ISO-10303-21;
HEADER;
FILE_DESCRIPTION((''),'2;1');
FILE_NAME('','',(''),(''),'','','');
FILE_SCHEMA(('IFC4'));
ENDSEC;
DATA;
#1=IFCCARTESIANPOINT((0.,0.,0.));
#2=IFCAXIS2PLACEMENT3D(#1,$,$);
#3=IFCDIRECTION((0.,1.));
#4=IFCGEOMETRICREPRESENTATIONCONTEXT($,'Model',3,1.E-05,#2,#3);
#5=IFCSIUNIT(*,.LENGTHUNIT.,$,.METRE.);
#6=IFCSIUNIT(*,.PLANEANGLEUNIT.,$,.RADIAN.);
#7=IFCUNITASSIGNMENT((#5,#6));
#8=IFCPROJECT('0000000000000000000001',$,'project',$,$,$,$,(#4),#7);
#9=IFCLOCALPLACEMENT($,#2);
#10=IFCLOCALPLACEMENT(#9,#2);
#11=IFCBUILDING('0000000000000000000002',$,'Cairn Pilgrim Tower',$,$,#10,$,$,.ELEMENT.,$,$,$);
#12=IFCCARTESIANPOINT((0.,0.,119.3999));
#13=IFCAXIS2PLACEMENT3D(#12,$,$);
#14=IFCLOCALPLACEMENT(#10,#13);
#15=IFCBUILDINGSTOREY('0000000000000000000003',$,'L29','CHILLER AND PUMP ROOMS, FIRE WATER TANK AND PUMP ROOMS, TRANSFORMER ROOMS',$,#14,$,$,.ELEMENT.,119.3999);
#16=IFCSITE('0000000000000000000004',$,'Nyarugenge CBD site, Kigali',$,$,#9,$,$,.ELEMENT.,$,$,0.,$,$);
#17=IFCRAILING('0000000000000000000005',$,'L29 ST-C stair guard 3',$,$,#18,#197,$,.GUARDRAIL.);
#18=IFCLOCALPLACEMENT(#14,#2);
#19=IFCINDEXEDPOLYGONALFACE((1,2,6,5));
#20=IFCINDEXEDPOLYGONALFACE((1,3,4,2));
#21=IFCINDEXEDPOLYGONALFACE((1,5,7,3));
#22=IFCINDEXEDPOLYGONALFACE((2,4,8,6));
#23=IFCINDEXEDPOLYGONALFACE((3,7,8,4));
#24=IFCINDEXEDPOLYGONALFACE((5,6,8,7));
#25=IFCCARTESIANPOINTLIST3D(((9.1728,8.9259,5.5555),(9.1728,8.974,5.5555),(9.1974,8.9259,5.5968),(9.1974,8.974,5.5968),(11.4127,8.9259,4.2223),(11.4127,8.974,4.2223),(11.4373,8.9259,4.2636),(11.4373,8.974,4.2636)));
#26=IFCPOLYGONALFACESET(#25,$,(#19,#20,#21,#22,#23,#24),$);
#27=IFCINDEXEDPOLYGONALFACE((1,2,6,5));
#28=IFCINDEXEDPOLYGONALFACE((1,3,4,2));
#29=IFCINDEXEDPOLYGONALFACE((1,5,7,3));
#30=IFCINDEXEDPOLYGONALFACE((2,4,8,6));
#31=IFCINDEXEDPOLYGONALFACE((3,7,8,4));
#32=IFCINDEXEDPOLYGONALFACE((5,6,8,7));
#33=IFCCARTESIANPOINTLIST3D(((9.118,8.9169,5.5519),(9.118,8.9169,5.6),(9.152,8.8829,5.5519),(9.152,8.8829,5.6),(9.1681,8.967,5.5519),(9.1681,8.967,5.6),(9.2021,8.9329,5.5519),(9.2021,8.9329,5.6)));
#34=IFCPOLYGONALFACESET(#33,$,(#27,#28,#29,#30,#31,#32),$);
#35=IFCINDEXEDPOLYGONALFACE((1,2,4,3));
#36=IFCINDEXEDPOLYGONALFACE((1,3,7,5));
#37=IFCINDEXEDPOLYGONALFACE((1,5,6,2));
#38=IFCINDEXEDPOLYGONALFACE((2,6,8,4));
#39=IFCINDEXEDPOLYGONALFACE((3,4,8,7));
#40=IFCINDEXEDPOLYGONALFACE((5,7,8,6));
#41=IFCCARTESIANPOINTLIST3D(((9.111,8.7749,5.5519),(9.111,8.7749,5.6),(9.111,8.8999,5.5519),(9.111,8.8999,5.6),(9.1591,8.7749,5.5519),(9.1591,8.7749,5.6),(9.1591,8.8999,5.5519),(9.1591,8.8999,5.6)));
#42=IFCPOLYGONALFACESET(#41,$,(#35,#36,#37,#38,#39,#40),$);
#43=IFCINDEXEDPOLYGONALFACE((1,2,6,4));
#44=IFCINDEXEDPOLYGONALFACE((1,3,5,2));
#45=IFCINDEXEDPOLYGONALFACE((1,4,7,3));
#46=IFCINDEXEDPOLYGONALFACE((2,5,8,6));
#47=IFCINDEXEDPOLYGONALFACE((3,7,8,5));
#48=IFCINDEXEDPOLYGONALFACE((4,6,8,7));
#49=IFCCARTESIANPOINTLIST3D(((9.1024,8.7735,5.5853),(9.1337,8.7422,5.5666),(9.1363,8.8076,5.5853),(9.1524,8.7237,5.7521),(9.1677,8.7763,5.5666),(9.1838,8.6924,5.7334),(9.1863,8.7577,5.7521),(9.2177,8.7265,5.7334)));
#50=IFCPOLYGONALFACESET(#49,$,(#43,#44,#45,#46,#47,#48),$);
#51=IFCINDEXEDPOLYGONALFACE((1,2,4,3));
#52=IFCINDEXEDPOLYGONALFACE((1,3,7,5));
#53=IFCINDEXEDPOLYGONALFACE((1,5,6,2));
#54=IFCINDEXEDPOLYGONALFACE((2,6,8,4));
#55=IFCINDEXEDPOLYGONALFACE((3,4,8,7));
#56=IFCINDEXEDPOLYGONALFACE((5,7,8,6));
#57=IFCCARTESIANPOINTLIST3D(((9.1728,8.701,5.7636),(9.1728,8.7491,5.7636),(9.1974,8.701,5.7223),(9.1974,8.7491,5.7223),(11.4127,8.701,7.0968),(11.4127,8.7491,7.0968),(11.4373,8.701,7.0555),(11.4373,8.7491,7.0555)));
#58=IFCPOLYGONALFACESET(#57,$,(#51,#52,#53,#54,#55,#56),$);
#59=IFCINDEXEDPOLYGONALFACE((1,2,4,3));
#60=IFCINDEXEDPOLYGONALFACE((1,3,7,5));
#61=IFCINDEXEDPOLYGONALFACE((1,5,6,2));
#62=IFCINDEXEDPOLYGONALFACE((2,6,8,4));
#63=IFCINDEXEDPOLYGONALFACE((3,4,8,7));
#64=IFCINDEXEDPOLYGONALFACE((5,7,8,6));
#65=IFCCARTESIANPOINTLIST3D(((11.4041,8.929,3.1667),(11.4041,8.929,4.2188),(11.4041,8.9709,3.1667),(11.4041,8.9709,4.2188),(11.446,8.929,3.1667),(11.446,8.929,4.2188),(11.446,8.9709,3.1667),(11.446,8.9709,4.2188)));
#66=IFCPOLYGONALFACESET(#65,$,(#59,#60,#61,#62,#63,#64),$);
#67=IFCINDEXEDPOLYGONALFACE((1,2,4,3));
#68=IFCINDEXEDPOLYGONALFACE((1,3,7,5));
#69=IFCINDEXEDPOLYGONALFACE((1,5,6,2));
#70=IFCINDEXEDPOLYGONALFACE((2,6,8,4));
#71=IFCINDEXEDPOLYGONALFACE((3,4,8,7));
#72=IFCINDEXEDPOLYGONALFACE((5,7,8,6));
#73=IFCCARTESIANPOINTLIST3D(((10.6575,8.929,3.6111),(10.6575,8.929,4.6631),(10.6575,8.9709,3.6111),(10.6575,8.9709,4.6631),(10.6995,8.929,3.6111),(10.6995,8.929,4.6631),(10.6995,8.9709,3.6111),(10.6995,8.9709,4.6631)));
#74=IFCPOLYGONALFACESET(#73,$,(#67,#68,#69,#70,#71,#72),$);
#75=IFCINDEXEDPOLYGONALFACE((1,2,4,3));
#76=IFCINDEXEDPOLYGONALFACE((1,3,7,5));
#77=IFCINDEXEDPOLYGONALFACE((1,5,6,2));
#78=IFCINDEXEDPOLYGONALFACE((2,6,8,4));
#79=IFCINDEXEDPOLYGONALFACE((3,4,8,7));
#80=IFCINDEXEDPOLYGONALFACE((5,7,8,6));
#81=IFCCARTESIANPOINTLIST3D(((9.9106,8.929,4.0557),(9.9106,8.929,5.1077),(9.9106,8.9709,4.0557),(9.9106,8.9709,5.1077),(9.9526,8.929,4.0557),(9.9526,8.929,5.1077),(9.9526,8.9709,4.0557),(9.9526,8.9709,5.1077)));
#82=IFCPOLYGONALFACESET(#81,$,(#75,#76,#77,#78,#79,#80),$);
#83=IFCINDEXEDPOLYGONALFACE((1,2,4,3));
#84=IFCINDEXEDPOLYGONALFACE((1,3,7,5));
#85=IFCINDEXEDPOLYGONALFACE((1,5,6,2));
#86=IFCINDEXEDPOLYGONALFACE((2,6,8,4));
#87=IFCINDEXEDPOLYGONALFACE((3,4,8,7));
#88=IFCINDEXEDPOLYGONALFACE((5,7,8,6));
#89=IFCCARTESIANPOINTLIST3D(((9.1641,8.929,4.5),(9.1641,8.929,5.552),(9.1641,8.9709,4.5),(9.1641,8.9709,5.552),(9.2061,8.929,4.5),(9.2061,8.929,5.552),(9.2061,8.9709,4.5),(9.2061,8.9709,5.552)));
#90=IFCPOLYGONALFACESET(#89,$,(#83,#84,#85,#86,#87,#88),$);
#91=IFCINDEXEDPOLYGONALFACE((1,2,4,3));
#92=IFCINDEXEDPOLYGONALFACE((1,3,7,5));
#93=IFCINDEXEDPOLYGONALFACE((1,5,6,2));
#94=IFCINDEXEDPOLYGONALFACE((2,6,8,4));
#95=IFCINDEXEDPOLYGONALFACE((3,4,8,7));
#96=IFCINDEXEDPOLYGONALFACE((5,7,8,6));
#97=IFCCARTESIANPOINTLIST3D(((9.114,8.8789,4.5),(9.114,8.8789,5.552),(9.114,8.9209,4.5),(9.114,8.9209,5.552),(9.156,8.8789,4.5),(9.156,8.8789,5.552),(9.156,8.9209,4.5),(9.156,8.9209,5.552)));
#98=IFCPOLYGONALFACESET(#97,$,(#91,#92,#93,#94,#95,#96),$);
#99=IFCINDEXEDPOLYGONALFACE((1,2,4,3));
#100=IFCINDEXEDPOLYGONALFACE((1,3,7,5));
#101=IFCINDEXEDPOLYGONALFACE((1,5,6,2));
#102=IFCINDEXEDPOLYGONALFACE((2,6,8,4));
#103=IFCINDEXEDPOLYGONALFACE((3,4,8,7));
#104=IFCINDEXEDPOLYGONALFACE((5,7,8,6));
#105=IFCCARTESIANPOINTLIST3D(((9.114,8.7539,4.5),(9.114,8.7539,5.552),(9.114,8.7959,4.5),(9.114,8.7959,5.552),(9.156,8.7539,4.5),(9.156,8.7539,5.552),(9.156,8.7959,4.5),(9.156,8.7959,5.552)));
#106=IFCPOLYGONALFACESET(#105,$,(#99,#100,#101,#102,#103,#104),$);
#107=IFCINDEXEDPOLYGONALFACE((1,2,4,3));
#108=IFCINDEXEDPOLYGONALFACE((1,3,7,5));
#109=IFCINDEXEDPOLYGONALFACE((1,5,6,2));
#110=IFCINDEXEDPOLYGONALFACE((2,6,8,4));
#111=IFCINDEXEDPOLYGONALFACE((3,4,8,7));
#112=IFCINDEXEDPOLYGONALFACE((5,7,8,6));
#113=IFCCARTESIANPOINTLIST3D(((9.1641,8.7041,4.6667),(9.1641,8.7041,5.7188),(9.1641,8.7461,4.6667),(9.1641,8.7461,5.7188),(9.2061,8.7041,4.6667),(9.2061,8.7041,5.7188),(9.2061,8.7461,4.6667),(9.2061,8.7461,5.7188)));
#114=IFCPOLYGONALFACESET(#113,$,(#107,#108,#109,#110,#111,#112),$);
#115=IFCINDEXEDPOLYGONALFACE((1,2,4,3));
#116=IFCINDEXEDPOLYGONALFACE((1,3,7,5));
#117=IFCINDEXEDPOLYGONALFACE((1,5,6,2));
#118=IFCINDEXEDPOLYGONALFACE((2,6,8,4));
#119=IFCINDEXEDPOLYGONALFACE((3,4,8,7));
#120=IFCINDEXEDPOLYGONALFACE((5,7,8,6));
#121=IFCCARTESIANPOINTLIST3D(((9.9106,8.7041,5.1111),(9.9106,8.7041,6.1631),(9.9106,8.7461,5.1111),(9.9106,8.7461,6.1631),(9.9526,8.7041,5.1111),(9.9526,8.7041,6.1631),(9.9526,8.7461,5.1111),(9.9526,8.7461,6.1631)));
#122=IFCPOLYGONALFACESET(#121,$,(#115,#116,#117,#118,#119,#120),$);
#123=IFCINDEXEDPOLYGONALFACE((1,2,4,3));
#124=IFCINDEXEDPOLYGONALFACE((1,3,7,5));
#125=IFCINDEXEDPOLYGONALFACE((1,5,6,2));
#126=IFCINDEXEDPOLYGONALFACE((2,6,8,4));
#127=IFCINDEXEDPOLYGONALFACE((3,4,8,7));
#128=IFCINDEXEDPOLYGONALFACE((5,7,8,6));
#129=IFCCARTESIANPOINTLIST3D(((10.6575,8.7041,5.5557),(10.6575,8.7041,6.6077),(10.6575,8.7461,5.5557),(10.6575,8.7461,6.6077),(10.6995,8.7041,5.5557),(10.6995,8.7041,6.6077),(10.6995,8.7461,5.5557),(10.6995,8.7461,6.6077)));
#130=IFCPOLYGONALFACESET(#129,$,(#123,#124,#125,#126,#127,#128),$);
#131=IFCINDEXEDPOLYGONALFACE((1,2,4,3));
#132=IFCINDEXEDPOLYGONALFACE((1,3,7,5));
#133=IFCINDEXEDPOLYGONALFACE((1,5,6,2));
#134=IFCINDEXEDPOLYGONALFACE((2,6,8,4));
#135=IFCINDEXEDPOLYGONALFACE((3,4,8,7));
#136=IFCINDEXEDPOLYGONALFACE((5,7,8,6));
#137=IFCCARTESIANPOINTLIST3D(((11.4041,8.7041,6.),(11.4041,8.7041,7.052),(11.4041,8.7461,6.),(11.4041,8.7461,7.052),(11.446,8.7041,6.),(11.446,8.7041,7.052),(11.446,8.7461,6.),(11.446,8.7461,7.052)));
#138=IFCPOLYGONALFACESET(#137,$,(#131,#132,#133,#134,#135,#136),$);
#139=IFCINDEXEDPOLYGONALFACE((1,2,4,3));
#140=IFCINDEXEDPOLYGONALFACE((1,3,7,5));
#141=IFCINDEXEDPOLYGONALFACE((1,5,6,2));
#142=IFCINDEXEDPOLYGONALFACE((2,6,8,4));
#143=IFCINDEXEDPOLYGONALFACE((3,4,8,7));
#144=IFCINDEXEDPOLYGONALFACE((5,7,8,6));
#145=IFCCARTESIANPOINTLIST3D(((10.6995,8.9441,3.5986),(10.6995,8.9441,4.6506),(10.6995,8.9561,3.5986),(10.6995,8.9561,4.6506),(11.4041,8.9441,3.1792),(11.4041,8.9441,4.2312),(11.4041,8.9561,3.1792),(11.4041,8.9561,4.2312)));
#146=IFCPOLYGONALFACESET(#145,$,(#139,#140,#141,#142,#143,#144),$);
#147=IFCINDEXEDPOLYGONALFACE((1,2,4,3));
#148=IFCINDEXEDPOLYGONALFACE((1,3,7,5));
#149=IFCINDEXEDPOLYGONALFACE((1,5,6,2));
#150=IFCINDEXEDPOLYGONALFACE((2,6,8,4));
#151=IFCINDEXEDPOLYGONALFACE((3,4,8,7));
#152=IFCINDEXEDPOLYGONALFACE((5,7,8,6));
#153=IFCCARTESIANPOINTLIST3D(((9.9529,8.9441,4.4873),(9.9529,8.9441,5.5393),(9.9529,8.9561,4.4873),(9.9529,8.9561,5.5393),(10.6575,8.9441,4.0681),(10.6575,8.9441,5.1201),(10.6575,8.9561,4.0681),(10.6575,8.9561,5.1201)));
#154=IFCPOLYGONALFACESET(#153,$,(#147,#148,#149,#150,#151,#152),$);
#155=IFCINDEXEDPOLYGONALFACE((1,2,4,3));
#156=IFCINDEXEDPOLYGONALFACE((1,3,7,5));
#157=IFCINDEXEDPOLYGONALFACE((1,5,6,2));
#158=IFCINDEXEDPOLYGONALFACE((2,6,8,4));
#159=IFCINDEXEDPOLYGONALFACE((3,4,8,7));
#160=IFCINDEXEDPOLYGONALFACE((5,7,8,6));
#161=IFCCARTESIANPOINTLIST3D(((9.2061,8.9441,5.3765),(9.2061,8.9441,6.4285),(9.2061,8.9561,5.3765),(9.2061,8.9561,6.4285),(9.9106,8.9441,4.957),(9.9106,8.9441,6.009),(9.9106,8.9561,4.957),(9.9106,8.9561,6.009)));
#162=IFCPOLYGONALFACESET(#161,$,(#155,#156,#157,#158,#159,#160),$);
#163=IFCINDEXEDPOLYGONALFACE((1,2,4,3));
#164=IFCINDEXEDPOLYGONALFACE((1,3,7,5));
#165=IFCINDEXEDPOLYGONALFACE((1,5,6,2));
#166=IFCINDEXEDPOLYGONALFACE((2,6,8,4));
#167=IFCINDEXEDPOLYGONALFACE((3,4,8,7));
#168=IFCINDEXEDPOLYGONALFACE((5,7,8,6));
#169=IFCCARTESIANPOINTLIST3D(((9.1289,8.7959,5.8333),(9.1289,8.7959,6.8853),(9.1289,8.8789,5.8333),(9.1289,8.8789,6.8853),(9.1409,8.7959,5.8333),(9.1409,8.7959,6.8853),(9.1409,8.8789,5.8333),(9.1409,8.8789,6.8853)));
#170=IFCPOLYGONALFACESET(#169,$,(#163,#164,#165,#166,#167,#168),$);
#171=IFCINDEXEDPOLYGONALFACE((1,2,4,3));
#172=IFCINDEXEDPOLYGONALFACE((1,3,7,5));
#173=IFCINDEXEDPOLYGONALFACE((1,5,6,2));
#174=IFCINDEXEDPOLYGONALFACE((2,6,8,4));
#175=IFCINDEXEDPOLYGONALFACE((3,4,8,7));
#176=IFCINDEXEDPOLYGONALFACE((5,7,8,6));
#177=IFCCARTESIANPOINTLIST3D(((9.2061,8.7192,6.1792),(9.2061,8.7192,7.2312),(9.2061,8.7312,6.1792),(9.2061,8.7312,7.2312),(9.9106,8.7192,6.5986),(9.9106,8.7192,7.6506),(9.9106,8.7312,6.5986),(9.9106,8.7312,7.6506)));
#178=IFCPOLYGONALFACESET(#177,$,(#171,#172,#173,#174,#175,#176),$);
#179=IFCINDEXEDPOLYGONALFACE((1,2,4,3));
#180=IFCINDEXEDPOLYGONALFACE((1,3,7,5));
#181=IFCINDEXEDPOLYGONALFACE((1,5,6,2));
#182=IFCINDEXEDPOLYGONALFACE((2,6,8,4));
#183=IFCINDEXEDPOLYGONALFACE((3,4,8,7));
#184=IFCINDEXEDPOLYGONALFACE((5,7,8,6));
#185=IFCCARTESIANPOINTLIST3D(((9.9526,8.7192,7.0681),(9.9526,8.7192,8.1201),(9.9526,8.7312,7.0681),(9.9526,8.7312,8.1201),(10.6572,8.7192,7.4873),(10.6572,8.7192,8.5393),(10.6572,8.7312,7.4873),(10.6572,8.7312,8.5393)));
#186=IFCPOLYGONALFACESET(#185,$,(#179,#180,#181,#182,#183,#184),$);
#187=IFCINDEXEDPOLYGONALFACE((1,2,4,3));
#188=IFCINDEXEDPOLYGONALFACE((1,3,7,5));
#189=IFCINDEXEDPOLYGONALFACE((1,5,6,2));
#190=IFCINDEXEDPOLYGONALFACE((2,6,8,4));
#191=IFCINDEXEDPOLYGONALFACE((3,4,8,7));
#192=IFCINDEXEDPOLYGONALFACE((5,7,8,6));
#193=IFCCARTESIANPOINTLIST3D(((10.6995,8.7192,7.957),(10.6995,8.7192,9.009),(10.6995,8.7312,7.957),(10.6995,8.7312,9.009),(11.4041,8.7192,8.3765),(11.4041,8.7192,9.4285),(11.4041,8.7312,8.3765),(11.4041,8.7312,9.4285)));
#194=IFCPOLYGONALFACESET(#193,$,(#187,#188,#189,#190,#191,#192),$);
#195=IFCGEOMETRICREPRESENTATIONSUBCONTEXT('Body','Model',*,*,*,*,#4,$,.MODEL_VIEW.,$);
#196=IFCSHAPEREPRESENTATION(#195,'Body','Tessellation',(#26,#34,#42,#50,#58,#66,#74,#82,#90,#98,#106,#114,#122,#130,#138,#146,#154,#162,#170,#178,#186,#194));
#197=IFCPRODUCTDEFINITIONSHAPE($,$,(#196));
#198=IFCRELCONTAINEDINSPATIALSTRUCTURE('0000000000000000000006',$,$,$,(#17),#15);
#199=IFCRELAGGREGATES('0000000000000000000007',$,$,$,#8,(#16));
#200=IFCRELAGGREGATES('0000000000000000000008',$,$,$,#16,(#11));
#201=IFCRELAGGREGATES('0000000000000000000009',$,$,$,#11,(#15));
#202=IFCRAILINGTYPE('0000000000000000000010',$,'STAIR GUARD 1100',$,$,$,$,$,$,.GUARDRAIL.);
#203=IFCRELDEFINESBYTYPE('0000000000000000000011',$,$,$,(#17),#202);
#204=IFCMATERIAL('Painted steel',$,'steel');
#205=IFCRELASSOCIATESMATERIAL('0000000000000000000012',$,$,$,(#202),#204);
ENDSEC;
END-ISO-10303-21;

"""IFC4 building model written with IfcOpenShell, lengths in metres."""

from ifc_helpers import new_model, si_unit, direction, frame, origin, origin_2d, place, context, subcontext, project, spatial, polyline, rectangle, outline, extrude, material, type_object, element, save


model = new_model("IFC4")

# Units and contexts
model_context = context("Model", 3, precision=1e-05, world=origin(), true_north=direction((0.0, 1.0)))
body_context = subcontext(model_context, "Body", "Model", "MODEL_VIEW")
ifc_project = project(units=[si_unit("LENGTHUNIT", "METRE"), si_unit("PLANEANGLEUNIT", "RADIAN")], contexts=[model_context])

# Site, building, storey
site_placement = place(None, origin())
site = spatial("IfcSite", under=ifc_project, at=site_placement, Name="Nyarugenge CBD site, Kigali", CompositionType="ELEMENT", RefElevation=0.0)
building_placement = place(site_placement, origin())
building = spatial("IfcBuilding", under=site, at=building_placement, Name="Cairn Pilgrim Tower", CompositionType="ELEMENT")
storey_placement = place(building_placement, frame((0.0, 0.0, 119.3999)))
storey = spatial("IfcBuildingStorey", under=building, at=storey_placement, Name="L29", Description="CHILLER AND PUMP ROOMS, FIRE WATER TANK AND PUMP ROOMS, TRANSFORMER ROOMS", CompositionType="ELEMENT", Elevation=119.3999)

# Shared definitions
ifc_material_1 = material(Name="Painted steel", Category="steel")

# Railing
railing_type_1 = type_object("IfcRailingType", Name="STAIR GUARD 1100", PredefinedType="GUARDRAIL", material=ifc_material_1)
railing_1_placement = place(storey_placement, frame((11.425, 8.95, 3.1667)))
element("IfcRailing", 1, at=railing_1_placement, inside=storey, type_object=railing_type_1, Name="L29 ST-C stair guard 3", PredefinedType="GUARDRAIL", context=body_context, shape_type="SweptSolid", body=[
    extrude(rectangle(XDim=0.0481, YDim=0.0481, at=origin_2d()), frame((0.0, 0.0, 1.0762), z_axis=(-0.859306, 0.0, 0.511462), x_axis=(0.0, -1.0, 0.0)), (0.0, 0.0, 1.0), 2.6067),
    extrude(rectangle(XDim=0.0481, YDim=0.0481, at=origin_2d()), frame((-2.24, 0.0, 2.4092), z_axis=(-0.707107, -0.707107, 0.0), x_axis=(0.707107, -0.707107, 0.0)), (0.0, 0.0, 1.0), 0.0708),
    extrude(rectangle(XDim=0.0481, YDim=0.0481, at=origin_2d()), frame((-2.29, -0.05, 2.4092), z_axis=(0.0, -1.0, 0.0), x_axis=(1.0, 0.0, 0.0)), (0.0, 0.0, 1.0), 0.125),
    extrude(rectangle(XDim=0.0481, YDim=0.0481, at=origin_2d()), frame((-2.29, -0.175, 2.4092), z_axis=(0.276389, -0.275041, 0.920848), x_axis=(0.705376, 0.708834, 0.0)), (0.0, 0.0, 1.0), 0.1812),
    extrude(rectangle(XDim=0.0481, YDim=0.0481, at=origin_2d()), frame((-2.24, -0.2249, 2.5762), z_axis=(0.859306, 0.0, 0.511462), x_axis=(0.0, 1.0, 0.0)), (0.0, 0.0, 1.0), 2.6067),
    extrude(rectangle(XDim=0.042, YDim=0.042, at=origin_2d()), origin(), (0.0, 0.0, 1.0), 1.052),
    extrude(rectangle(XDim=0.042, YDim=0.042, at=origin_2d()), frame((-0.7466, 0.0, 0.4443)), (0.0, 0.0, 1.0), 1.052),
    extrude(rectangle(XDim=0.042, YDim=0.042, at=origin_2d()), frame((-1.4934, 0.0, 0.8889)), (0.0, 0.0, 1.0), 1.052),
    extrude(rectangle(XDim=0.042, YDim=0.042, at=origin_2d()), frame((-2.24, 0.0, 1.3333)), (0.0, 0.0, 1.0), 1.052),
    extrude(rectangle(XDim=0.042, YDim=0.042, at=origin_2d()), frame((-2.29, -0.05, 1.3333)), (0.0, 0.0, 1.0), 1.052),
    extrude(rectangle(XDim=0.042, YDim=0.042, at=origin_2d()), frame((-2.29, -0.175, 1.3333)), (0.0, 0.0, 1.0), 1.052),
    extrude(rectangle(XDim=0.042, YDim=0.042, at=origin_2d()), frame((-2.24, -0.2249, 1.5)), (0.0, 0.0, 1.0), 1.052),
    extrude(rectangle(XDim=0.042, YDim=0.042, at=origin_2d()), frame((-1.4934, -0.2249, 1.9443)), (0.0, 0.0, 1.0), 1.052),
    extrude(rectangle(XDim=0.042, YDim=0.042, at=origin_2d()), frame((-0.7466, -0.2249, 2.3889)), (0.0, 0.0, 1.0), 1.052),
    extrude(rectangle(XDim=0.042, YDim=0.042, at=origin_2d()), frame((0.0, -0.2249, 2.8333)), (0.0, 0.0, 1.0), 1.052),
    extrude(outline(polyline([(0.021, 0.0125), (0.7256, 0.4319), (0.7256, 1.4839), (0.021, 1.0645), (0.021, 0.0125)])), frame((0.0, -0.0059, 0.0), z_axis=(0.0, 1.0, 0.0), x_axis=(-1.0, 0.0, 0.0)), (0.0, 0.0, 1.0), 0.012),
    extrude(outline(polyline([(0.021, 0.457), (0.7256, 0.8762), (0.7256, 1.9282), (0.021, 1.509), (0.021, 0.457)])), frame((-0.7466, -0.0059, 0.4443), z_axis=(0.0, 1.0, 0.0), x_axis=(-1.0, 0.0, 0.0)), (0.0, 0.0, 1.0), 0.012),
    extrude(outline(polyline([(0.021, 0.9014), (0.7256, 1.3208), (0.7256, 2.3728), (0.021, 1.9534), (0.021, 0.9014)])), frame((-1.4934, -0.0059, 0.8889), z_axis=(0.0, 1.0, 0.0), x_axis=(-1.0, 0.0, 0.0)), (0.0, 0.0, 1.0), 0.012),
    extrude(outline(polyline([(0.021, 1.3333), (0.104, 1.3333), (0.104, 2.3853), (0.021, 2.3853), (0.021, 1.3333)])), frame((-2.2842, -0.05, 1.3333), z_axis=(-1.0, 0.0, 0.0), x_axis=(0.0, -1.0, 0.0)), (0.0, 0.0, 1.0), 0.012),
    extrude(outline(polyline([(0.021, 1.5125), (0.7256, 1.9319), (0.7256, 2.9839), (0.021, 2.5645), (0.021, 1.5125)])), frame((-2.24, -0.2188, 1.5), z_axis=(0.0, -1.0, 0.0), x_axis=(1.0, 0.0, 0.0)), (0.0, 0.0, 1.0), 0.012),
    extrude(outline(polyline([(0.021, 1.957), (0.7256, 2.3762), (0.7256, 3.4282), (0.021, 3.009), (0.021, 1.957)])), frame((-1.4934, -0.2188, 1.9443), z_axis=(0.0, -1.0, 0.0), x_axis=(1.0, 0.0, 0.0)), (0.0, 0.0, 1.0), 0.012),
    extrude(outline(polyline([(0.021, 2.4014), (0.7256, 2.8208), (0.7256, 3.8728), (0.021, 3.4534), (0.021, 2.4014)])), frame((-0.7466, -0.2188, 2.3889), z_axis=(0.0, -1.0, 0.0), x_axis=(1.0, 0.0, 0.0)), (0.0, 0.0, 1.0), 0.012),
])

save(model, "model.ifc")
